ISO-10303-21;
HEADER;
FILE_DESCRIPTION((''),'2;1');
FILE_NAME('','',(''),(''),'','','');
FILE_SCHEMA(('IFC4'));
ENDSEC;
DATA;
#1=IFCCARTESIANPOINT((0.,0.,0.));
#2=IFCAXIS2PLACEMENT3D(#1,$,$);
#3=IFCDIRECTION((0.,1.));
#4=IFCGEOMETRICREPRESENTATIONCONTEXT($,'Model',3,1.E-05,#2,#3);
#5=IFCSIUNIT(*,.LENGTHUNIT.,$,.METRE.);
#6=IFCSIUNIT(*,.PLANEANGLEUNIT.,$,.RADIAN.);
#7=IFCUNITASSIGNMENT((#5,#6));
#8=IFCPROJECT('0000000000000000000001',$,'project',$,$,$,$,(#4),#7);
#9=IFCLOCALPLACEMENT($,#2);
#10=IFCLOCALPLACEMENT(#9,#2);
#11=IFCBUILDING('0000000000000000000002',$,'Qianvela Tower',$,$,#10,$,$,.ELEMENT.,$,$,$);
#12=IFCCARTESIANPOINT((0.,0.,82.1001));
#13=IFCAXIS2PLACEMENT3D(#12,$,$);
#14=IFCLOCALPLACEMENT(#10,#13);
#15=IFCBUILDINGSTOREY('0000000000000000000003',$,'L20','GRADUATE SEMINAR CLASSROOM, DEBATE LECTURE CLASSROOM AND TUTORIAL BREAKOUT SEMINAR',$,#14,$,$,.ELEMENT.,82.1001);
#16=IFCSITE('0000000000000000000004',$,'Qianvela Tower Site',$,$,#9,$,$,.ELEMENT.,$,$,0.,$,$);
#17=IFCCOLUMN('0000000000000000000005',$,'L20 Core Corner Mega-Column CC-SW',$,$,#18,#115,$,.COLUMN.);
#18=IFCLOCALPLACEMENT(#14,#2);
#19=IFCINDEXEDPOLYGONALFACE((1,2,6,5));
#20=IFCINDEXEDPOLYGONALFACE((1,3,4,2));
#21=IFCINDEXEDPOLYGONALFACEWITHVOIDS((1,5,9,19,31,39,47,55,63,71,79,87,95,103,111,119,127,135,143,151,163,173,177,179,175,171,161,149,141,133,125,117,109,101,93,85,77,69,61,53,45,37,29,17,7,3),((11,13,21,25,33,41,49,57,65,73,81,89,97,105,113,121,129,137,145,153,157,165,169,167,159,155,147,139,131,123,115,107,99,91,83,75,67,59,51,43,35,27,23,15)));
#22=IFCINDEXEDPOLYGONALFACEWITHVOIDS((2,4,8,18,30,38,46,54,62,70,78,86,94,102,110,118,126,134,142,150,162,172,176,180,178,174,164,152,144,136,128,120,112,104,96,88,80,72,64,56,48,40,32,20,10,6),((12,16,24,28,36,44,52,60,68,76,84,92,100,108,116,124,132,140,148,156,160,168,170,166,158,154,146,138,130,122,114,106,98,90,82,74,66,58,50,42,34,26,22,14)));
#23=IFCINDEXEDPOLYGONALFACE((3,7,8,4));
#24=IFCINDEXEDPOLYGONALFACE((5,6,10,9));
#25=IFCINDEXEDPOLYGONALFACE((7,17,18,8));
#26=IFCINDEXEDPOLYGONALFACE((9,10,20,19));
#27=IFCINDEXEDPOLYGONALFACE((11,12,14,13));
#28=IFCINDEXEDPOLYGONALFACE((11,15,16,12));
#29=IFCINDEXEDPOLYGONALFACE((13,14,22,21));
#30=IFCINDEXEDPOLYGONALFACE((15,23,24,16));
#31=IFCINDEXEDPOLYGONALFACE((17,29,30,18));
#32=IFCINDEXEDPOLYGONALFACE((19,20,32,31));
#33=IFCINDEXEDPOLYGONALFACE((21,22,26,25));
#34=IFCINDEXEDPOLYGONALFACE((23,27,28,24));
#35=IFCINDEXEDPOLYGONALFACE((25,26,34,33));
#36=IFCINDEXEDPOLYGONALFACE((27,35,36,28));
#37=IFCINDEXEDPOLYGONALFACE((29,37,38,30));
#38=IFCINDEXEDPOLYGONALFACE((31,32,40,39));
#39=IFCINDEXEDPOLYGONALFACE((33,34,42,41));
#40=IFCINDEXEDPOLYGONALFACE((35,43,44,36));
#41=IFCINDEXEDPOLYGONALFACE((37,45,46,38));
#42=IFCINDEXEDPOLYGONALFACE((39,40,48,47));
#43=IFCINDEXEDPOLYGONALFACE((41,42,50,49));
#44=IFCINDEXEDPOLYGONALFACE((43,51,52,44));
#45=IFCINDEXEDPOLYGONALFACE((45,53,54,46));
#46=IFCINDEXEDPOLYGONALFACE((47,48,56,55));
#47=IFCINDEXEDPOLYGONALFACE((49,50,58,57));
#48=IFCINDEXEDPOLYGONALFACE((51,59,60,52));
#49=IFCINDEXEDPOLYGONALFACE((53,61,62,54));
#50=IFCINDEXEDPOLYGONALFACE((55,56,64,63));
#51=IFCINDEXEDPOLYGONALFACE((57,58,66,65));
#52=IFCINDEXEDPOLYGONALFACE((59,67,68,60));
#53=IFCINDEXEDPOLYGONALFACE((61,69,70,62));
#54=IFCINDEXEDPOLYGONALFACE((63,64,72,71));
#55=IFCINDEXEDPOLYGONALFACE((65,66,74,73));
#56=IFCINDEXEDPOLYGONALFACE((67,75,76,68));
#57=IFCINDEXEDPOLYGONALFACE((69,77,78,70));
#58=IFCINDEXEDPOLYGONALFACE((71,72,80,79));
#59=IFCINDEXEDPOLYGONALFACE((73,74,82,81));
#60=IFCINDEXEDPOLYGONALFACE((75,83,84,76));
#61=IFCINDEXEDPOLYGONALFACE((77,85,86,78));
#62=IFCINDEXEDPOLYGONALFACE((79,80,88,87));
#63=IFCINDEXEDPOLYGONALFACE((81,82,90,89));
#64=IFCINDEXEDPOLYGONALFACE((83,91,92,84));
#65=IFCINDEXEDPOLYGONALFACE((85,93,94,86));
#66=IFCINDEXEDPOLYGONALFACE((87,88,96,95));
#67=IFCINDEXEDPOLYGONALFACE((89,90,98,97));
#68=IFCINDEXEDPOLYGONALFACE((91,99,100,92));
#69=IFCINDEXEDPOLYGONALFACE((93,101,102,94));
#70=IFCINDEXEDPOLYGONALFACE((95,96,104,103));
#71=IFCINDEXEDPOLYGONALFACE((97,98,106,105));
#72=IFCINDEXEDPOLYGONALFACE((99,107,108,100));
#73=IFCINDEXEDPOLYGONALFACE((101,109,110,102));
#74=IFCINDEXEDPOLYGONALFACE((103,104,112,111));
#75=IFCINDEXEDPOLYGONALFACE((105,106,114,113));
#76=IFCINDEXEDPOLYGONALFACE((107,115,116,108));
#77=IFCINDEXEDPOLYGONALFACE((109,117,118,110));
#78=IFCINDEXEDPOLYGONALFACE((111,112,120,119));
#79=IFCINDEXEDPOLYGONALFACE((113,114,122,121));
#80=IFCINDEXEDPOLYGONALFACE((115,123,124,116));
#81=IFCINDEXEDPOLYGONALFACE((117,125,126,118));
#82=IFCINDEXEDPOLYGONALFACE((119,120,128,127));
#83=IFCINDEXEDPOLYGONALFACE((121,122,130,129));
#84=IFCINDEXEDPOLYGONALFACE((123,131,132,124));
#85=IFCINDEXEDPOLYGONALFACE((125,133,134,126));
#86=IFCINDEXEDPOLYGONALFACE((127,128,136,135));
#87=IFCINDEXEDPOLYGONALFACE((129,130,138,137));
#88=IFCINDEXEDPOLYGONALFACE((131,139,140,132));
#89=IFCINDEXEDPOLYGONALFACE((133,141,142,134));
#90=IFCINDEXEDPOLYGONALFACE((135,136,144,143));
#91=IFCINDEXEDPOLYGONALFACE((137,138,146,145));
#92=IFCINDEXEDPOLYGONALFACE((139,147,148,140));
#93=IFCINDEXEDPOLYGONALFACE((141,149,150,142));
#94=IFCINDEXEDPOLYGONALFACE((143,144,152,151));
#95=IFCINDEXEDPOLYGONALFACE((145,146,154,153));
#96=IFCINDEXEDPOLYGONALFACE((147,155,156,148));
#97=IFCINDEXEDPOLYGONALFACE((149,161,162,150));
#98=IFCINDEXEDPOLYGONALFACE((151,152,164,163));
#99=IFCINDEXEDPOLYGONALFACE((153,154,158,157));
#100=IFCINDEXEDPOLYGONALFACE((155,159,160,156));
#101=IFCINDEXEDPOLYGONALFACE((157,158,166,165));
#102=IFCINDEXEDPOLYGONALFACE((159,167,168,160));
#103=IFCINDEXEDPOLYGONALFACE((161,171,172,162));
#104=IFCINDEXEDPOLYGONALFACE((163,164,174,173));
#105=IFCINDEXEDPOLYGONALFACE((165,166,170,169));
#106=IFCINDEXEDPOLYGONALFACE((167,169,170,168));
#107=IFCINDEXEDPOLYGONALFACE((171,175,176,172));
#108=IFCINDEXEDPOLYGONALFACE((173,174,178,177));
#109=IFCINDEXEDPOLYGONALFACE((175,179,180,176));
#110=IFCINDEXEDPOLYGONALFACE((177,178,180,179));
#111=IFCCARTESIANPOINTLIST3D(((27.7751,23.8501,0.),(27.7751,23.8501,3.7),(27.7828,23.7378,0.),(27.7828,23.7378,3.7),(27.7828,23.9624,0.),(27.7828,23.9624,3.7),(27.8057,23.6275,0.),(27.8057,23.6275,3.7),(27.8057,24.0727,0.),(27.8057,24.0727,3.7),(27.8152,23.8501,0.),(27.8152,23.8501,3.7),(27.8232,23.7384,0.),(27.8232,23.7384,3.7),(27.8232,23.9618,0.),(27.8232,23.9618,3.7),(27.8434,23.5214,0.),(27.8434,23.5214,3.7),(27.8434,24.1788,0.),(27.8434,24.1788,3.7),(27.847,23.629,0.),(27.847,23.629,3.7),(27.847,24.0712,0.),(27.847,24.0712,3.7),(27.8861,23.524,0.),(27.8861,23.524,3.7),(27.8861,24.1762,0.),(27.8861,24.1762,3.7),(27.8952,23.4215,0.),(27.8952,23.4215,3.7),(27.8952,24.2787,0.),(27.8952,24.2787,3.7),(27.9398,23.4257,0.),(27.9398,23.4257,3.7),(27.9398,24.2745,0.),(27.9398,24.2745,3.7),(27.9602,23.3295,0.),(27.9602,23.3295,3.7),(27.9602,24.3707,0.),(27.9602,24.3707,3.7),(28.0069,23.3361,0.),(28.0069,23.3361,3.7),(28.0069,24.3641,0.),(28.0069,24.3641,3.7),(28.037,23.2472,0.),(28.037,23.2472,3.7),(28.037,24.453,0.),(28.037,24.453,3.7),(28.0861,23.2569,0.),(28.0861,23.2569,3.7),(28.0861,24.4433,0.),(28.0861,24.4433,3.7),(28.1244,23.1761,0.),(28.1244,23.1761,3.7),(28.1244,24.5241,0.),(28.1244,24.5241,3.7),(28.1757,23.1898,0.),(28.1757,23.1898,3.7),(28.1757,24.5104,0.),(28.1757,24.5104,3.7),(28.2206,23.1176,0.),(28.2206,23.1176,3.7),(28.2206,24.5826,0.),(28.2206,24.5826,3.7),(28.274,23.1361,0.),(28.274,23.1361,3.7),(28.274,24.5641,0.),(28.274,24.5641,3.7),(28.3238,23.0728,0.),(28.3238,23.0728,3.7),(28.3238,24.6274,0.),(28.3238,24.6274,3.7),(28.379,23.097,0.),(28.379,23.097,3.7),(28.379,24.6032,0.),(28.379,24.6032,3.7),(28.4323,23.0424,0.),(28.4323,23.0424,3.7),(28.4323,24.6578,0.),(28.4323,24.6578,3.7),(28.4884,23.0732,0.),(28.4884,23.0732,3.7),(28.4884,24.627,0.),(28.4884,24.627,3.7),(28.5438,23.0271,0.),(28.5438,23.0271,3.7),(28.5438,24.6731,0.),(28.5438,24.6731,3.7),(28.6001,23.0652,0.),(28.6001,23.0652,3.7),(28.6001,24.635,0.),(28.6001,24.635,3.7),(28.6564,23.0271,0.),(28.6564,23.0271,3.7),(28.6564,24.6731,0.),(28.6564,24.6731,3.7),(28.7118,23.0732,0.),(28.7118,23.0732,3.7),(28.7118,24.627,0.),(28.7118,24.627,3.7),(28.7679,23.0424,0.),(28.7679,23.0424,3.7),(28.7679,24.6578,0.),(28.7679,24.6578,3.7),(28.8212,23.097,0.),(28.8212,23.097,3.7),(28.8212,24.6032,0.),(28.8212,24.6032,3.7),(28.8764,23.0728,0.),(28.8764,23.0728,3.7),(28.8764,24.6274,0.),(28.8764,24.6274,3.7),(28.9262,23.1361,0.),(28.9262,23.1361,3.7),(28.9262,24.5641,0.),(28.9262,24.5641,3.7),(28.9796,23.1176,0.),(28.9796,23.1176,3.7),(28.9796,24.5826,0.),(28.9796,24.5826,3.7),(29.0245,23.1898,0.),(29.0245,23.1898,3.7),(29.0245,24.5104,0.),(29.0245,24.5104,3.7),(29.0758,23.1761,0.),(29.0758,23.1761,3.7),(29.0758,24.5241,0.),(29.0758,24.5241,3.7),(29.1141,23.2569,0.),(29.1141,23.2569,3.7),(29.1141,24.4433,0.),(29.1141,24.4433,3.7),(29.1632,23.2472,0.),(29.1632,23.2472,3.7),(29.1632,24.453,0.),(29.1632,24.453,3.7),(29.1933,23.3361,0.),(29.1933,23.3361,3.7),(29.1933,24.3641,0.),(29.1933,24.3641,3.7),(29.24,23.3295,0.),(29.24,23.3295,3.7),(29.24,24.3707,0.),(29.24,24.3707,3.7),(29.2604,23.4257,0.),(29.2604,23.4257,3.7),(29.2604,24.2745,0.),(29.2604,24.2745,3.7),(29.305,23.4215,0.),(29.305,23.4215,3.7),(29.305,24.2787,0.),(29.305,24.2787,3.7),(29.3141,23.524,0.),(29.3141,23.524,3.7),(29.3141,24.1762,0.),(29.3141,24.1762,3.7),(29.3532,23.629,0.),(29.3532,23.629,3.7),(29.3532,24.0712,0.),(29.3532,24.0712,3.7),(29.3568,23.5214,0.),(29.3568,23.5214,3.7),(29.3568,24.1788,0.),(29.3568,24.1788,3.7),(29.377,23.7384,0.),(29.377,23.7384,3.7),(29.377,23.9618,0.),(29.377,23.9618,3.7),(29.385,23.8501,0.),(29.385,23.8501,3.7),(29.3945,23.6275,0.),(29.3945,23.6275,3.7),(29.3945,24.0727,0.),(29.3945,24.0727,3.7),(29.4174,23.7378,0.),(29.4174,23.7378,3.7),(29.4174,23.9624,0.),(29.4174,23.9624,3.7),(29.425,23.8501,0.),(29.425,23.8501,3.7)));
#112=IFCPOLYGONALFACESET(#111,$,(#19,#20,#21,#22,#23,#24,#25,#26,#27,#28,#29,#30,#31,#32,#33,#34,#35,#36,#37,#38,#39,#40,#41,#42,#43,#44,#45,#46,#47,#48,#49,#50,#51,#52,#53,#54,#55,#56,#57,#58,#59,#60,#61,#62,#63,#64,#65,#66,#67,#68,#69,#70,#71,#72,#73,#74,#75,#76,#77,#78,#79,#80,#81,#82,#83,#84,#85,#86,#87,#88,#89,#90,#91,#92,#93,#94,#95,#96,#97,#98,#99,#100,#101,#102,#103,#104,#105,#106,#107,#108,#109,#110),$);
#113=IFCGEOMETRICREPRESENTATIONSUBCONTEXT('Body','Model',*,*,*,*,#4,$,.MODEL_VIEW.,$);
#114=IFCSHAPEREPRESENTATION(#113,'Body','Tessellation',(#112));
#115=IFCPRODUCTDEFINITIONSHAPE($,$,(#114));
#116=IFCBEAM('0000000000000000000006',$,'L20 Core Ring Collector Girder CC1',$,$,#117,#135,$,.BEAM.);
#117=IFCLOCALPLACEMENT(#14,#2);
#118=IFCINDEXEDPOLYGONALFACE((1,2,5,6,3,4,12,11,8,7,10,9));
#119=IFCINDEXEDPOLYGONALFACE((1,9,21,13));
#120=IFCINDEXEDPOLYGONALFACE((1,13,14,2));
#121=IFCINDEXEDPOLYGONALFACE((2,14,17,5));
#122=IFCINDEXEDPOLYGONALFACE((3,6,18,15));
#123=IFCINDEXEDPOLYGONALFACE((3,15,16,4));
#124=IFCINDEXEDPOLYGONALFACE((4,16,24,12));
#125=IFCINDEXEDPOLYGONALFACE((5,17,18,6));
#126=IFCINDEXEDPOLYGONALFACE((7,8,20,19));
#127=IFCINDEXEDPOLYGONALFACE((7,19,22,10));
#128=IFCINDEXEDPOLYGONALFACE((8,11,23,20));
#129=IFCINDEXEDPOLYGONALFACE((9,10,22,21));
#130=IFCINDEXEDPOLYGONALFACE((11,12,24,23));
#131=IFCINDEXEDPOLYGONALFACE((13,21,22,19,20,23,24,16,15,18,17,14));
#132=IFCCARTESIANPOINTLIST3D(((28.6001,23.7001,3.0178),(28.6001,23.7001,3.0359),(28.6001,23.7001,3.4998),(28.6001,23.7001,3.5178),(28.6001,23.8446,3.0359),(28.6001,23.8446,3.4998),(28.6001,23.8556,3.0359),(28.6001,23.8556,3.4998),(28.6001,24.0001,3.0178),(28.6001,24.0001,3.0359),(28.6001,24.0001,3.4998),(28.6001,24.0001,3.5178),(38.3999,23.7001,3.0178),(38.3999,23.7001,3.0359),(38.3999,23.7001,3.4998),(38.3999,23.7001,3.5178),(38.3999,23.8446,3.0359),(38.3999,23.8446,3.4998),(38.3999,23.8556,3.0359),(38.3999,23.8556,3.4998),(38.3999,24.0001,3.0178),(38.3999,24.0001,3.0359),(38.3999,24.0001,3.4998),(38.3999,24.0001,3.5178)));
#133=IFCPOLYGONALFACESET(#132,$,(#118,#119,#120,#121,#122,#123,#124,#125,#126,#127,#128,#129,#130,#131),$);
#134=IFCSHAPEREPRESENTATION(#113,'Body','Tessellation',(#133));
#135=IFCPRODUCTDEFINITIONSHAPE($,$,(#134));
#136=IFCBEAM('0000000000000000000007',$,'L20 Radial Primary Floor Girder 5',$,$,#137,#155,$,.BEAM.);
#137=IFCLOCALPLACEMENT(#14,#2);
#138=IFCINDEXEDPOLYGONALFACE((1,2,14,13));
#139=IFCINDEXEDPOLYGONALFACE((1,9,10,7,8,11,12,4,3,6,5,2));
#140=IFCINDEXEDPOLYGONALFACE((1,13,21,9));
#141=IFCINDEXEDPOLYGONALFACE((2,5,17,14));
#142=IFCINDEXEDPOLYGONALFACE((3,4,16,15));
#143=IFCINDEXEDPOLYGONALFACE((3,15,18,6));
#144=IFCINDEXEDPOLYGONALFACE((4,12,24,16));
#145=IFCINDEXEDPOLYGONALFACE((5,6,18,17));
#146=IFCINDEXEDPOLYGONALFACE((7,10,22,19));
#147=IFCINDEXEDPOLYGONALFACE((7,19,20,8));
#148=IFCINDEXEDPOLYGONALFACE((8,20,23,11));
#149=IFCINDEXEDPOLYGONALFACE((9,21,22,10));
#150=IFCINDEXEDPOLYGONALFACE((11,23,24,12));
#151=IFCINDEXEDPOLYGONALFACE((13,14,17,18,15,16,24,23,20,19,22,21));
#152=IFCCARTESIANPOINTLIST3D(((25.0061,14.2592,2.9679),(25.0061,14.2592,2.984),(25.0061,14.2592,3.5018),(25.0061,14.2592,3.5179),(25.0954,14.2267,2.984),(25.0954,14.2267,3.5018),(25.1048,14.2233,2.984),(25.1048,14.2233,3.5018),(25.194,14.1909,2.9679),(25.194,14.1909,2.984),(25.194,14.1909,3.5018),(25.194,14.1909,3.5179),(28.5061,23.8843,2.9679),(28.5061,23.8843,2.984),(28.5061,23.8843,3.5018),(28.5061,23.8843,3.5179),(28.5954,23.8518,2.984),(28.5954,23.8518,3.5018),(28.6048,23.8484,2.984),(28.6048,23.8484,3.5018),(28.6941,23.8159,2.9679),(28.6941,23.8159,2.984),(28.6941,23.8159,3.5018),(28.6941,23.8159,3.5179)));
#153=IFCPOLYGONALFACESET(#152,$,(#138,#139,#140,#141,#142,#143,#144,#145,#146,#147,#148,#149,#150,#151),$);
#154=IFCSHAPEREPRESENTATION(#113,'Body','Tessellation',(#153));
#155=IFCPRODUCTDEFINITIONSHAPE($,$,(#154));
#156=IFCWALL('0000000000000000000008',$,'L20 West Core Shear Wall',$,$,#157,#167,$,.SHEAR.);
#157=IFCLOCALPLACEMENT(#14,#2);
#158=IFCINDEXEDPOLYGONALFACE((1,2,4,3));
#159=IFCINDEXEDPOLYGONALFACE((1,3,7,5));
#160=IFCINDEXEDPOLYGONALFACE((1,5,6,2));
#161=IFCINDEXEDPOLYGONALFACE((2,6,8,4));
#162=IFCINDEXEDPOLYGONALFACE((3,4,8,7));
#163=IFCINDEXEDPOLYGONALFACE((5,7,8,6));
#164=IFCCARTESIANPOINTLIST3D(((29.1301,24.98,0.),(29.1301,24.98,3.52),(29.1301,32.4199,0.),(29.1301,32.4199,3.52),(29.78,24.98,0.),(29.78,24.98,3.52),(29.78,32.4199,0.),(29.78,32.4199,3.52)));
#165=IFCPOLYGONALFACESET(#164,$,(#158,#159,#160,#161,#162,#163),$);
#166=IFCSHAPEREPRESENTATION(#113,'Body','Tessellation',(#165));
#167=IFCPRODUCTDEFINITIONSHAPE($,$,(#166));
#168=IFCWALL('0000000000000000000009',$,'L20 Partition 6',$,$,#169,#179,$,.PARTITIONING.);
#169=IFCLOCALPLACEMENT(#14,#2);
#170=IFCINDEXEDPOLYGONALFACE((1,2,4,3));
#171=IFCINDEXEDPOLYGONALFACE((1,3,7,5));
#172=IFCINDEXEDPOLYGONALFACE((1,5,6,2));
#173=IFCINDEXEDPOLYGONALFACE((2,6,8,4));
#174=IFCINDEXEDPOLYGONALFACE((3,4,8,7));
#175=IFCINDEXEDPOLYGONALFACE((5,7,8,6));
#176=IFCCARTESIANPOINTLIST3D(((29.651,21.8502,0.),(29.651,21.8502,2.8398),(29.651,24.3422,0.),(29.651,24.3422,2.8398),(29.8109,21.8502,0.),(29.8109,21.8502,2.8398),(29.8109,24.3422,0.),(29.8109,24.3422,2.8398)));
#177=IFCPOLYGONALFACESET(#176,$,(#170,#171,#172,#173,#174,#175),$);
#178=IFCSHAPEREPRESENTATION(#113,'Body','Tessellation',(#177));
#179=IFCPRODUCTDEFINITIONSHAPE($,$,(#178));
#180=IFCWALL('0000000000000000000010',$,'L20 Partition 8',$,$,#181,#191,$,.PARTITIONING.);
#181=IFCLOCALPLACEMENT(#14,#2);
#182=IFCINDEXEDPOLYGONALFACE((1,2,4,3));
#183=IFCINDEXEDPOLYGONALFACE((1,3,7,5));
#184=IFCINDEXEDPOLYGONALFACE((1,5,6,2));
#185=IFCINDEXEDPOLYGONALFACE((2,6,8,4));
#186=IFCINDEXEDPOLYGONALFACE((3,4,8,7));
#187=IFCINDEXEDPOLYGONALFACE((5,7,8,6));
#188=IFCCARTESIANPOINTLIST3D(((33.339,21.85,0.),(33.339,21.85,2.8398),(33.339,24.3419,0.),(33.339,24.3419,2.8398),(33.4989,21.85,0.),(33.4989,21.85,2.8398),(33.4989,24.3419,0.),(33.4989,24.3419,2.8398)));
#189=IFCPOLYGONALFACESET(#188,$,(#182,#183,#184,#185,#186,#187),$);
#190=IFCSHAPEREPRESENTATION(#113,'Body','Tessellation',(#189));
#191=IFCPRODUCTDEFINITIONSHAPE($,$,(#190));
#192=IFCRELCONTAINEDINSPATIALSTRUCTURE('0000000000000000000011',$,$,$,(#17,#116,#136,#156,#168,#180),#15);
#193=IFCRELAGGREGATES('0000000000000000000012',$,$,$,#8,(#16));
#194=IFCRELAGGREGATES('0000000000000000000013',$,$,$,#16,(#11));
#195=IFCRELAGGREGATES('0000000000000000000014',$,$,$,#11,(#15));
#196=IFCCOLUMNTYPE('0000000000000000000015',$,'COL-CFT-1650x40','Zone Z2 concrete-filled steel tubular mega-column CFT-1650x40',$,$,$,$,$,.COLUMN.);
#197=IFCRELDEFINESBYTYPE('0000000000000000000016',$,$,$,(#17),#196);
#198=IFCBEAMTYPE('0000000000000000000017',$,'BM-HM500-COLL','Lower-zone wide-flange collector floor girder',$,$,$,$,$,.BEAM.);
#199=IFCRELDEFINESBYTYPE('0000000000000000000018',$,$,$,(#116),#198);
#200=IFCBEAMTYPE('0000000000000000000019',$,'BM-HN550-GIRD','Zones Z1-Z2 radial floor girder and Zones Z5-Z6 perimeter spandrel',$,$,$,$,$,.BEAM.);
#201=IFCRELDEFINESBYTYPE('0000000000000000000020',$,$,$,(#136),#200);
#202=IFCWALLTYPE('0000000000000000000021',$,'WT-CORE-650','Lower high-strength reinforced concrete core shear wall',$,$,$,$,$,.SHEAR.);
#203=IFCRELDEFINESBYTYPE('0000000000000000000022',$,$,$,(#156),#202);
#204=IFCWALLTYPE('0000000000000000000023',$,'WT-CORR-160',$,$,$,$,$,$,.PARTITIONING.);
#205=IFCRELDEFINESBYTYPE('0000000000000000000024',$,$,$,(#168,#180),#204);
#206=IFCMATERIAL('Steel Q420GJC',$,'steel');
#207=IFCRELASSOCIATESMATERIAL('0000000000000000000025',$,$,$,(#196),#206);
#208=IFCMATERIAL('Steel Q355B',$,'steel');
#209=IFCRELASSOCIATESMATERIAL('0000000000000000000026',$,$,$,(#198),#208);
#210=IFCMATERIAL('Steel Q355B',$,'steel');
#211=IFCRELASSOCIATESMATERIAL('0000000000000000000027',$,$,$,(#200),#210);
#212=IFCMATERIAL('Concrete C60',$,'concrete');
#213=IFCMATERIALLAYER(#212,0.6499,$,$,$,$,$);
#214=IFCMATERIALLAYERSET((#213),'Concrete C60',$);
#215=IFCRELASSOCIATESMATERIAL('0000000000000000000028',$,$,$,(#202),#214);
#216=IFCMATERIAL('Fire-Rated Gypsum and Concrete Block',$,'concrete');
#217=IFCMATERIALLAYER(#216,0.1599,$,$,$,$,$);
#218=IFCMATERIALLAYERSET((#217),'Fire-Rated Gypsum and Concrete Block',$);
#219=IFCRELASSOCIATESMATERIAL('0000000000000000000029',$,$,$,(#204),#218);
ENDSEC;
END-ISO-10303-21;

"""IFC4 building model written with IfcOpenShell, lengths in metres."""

from ifc_helpers import new_model, si_unit, direction, frame, frame_2d, origin, origin_2d, place, context, subcontext, project, spatial, rectangle, hollow_circle, i_section, extrude, material, layer, layer_set, material_profile, profile_set, type_object, element, save


model = new_model("IFC4")

# Units and contexts
model_context = context("Model", 3, precision=1e-05, world=origin(), true_north=direction((0.0, 1.0)))
body_context = subcontext(model_context, "Body", "Model", "MODEL_VIEW")
ifc_project = project(units=[si_unit("LENGTHUNIT", "METRE"), si_unit("PLANEANGLEUNIT", "RADIAN")], contexts=[model_context])

# Site, building, storey
site_placement = place(None, origin())
site = spatial("IfcSite", under=ifc_project, at=site_placement, Name="Qianvela Tower Site", CompositionType="ELEMENT", RefElevation=0.0)
building_placement = place(site_placement, origin())
building = spatial("IfcBuilding", under=site, at=building_placement, Name="Qianvela Tower", CompositionType="ELEMENT")
storey_placement = place(building_placement, frame((0.0, 0.0, 82.1001)))
storey = spatial("IfcBuildingStorey", under=building, at=storey_placement, Name="L20", Description="GRADUATE SEMINAR CLASSROOM, DEBATE LECTURE CLASSROOM AND TUTORIAL BREAKOUT SEMINAR", CompositionType="ELEMENT", Elevation=82.1001)

# Column
ifc_material_1 = material(Name="Steel Q420GJC", Category="steel")
ifc_material_profile_1 = material_profile(ifc_material_1, hollow_circle(Radius=0.825, WallThickness=0.04, at=origin_2d()), Name="CFT-1650x40")
ifc_profile_set_1 = profile_set([ifc_material_profile_1], Name="Steel Q420GJC")
column_type = type_object("IfcColumnType", Name="COL-CFT-1650x40", Description="Zone Z2 concrete-filled steel tubular mega-column CFT-1650x40", PredefinedType="COLUMN", material=ifc_profile_set_1)
column_placement = place(storey_placement, frame((28.6001, 23.8501, 0.0), z_axis=(0.0, 0.0, 1.0), x_axis=(1.0, 0.0, 0.0)))
element("IfcColumn", 1, at=column_placement, inside=storey, type_object=column_type, Name="L20 Core Corner Mega-Column CC-SW", PredefinedType="COLUMN", context=body_context, shape_type="SweptSolid", body=[
    extrude(hollow_circle(Radius=0.825, WallThickness=0.04, at=origin_2d()), origin(), (0.0, 0.0, 1.0), 3.7),
])

# Beams
ifc_material_2 = material(Name="Steel Q355B", Category="steel")
ifc_material_profile_2 = material_profile(ifc_material_2, i_section(OverallWidth=0.3, OverallDepth=0.5, WebThickness=0.011, FlangeThickness=0.0181, at=origin_2d()), Name="HM500x300x11x18")
ifc_profile_set_2 = profile_set([ifc_material_profile_2], Name="Steel Q355B")
beam_type_1 = type_object("IfcBeamType", Name="BM-HM500-COLL", Description="Lower-zone wide-flange collector floor girder", PredefinedType="BEAM", material=ifc_profile_set_2)
beam_1_placement = place(storey_placement, frame((28.6001, 23.8501, 3.2678), z_axis=(1.0, 0.0, 0.0), x_axis=(0.0, 1.0, 0.0)))
element("IfcBeam", 2, at=beam_1_placement, inside=storey, type_object=beam_type_1, Name="L20 Core Ring Collector Girder CC1", PredefinedType="BEAM", context=body_context, shape_type="SweptSolid", body=[
    extrude(i_section(OverallWidth=0.3, OverallDepth=0.5, WebThickness=0.011, FlangeThickness=0.0181, at=origin_2d()), origin(), (0.0, 0.0, 1.0), 9.7998),
])
ifc_material_3 = material(Name="Steel Q355B", Category="steel")
ifc_material_profile_3 = material_profile(ifc_material_3, i_section(OverallWidth=0.2, OverallDepth=0.55, WebThickness=0.01, FlangeThickness=0.0161, at=origin_2d()), Name="HN550x200x10x16")
ifc_profile_set_3 = profile_set([ifc_material_profile_3], Name="Steel Q355B")
beam_type_2 = type_object("IfcBeamType", Name="BM-HN550-GIRD", Description="Zones Z1-Z2 radial floor girder and Zones Z5-Z6 perimeter spandrel", PredefinedType="BEAM", material=ifc_profile_set_3)
beam_2_placement = place(storey_placement, frame((28.6001, 23.8501, 3.2429), z_axis=(-0.341743, -0.939793, 0.0), x_axis=(0.939793, -0.341743, 0.0)))
element("IfcBeam", 3, at=beam_2_placement, inside=storey, type_object=beam_type_2, Name="L20 Radial Primary Floor Girder 5", PredefinedType="BEAM", context=body_context, shape_type="SweptSolid", body=[
    extrude(i_section(OverallWidth=0.2, OverallDepth=0.55, WebThickness=0.01, FlangeThickness=0.0161, at=origin_2d()), origin(), (0.0, 0.0, 1.0), 10.2417),
])

# Shared definitions
ifc_material_4 = material(Name="Concrete C60", Category="concrete")
ifc_layer_1 = layer(ifc_material_4, 0.6499)
ifc_layer_set_1 = layer_set([ifc_layer_1], Name="Concrete C60")
wall_type_1 = type_object("IfcWallType", Name="WT-CORE-650", Description="Lower high-strength reinforced concrete core shear wall", PredefinedType="SHEAR", material=ifc_layer_set_1)

# Wall
wall_1_placement = place(storey_placement, frame((29.4551, 24.98, 0.0), z_axis=(0.0, 0.0, 1.0), x_axis=(0.0, 1.0, 0.0)))
element("IfcWall", 4, at=wall_1_placement, inside=storey, type_object=wall_type_1, Name="L20 West Core Shear Wall", PredefinedType="SHEAR", context=body_context, shape_type="SweptSolid", body=[
    extrude(rectangle(XDim=7.4399, YDim=0.6499, at=frame_2d((3.72, 0.0))), origin(), (0.0, 0.0, 1.0), 3.52),
])

# Shared definitions
ifc_material_5 = material(Name="Fire-Rated Gypsum and Concrete Block", Category="concrete")
ifc_layer_2 = layer(ifc_material_5, 0.1599)
ifc_layer_set_2 = layer_set([ifc_layer_2], Name="Fire-Rated Gypsum and Concrete Block")
wall_type_2 = type_object("IfcWallType", Name="WT-CORR-160", PredefinedType="PARTITIONING", material=ifc_layer_set_2)

# Walls
for number, where, z_axis, x_axis, name in (
    (5, (29.731, 21.8501, 0.0), (0.0, 0.0, 1.0), (0.0, 1.0, 0.0), "L20 Partition 6"),
    (6, (33.4189, 24.342, 0.0), (0.0, 0.0, 1.0), (0.0, -1.0, 0.0), "L20 Partition 8"),
):
    element("IfcWall", number, at=place(storey_placement, frame(where, z_axis=z_axis, x_axis=x_axis)), inside=storey, type_object=wall_type_2, Name=name, PredefinedType="PARTITIONING", context=body_context, shape_type="SweptSolid", body=[
        extrude(rectangle(XDim=2.4919, YDim=0.1599, at=frame_2d((1.2461, 0.0))), origin(), (0.0, 0.0, 1.0), 2.8398),
    ])

save(model, "model.ifc")
